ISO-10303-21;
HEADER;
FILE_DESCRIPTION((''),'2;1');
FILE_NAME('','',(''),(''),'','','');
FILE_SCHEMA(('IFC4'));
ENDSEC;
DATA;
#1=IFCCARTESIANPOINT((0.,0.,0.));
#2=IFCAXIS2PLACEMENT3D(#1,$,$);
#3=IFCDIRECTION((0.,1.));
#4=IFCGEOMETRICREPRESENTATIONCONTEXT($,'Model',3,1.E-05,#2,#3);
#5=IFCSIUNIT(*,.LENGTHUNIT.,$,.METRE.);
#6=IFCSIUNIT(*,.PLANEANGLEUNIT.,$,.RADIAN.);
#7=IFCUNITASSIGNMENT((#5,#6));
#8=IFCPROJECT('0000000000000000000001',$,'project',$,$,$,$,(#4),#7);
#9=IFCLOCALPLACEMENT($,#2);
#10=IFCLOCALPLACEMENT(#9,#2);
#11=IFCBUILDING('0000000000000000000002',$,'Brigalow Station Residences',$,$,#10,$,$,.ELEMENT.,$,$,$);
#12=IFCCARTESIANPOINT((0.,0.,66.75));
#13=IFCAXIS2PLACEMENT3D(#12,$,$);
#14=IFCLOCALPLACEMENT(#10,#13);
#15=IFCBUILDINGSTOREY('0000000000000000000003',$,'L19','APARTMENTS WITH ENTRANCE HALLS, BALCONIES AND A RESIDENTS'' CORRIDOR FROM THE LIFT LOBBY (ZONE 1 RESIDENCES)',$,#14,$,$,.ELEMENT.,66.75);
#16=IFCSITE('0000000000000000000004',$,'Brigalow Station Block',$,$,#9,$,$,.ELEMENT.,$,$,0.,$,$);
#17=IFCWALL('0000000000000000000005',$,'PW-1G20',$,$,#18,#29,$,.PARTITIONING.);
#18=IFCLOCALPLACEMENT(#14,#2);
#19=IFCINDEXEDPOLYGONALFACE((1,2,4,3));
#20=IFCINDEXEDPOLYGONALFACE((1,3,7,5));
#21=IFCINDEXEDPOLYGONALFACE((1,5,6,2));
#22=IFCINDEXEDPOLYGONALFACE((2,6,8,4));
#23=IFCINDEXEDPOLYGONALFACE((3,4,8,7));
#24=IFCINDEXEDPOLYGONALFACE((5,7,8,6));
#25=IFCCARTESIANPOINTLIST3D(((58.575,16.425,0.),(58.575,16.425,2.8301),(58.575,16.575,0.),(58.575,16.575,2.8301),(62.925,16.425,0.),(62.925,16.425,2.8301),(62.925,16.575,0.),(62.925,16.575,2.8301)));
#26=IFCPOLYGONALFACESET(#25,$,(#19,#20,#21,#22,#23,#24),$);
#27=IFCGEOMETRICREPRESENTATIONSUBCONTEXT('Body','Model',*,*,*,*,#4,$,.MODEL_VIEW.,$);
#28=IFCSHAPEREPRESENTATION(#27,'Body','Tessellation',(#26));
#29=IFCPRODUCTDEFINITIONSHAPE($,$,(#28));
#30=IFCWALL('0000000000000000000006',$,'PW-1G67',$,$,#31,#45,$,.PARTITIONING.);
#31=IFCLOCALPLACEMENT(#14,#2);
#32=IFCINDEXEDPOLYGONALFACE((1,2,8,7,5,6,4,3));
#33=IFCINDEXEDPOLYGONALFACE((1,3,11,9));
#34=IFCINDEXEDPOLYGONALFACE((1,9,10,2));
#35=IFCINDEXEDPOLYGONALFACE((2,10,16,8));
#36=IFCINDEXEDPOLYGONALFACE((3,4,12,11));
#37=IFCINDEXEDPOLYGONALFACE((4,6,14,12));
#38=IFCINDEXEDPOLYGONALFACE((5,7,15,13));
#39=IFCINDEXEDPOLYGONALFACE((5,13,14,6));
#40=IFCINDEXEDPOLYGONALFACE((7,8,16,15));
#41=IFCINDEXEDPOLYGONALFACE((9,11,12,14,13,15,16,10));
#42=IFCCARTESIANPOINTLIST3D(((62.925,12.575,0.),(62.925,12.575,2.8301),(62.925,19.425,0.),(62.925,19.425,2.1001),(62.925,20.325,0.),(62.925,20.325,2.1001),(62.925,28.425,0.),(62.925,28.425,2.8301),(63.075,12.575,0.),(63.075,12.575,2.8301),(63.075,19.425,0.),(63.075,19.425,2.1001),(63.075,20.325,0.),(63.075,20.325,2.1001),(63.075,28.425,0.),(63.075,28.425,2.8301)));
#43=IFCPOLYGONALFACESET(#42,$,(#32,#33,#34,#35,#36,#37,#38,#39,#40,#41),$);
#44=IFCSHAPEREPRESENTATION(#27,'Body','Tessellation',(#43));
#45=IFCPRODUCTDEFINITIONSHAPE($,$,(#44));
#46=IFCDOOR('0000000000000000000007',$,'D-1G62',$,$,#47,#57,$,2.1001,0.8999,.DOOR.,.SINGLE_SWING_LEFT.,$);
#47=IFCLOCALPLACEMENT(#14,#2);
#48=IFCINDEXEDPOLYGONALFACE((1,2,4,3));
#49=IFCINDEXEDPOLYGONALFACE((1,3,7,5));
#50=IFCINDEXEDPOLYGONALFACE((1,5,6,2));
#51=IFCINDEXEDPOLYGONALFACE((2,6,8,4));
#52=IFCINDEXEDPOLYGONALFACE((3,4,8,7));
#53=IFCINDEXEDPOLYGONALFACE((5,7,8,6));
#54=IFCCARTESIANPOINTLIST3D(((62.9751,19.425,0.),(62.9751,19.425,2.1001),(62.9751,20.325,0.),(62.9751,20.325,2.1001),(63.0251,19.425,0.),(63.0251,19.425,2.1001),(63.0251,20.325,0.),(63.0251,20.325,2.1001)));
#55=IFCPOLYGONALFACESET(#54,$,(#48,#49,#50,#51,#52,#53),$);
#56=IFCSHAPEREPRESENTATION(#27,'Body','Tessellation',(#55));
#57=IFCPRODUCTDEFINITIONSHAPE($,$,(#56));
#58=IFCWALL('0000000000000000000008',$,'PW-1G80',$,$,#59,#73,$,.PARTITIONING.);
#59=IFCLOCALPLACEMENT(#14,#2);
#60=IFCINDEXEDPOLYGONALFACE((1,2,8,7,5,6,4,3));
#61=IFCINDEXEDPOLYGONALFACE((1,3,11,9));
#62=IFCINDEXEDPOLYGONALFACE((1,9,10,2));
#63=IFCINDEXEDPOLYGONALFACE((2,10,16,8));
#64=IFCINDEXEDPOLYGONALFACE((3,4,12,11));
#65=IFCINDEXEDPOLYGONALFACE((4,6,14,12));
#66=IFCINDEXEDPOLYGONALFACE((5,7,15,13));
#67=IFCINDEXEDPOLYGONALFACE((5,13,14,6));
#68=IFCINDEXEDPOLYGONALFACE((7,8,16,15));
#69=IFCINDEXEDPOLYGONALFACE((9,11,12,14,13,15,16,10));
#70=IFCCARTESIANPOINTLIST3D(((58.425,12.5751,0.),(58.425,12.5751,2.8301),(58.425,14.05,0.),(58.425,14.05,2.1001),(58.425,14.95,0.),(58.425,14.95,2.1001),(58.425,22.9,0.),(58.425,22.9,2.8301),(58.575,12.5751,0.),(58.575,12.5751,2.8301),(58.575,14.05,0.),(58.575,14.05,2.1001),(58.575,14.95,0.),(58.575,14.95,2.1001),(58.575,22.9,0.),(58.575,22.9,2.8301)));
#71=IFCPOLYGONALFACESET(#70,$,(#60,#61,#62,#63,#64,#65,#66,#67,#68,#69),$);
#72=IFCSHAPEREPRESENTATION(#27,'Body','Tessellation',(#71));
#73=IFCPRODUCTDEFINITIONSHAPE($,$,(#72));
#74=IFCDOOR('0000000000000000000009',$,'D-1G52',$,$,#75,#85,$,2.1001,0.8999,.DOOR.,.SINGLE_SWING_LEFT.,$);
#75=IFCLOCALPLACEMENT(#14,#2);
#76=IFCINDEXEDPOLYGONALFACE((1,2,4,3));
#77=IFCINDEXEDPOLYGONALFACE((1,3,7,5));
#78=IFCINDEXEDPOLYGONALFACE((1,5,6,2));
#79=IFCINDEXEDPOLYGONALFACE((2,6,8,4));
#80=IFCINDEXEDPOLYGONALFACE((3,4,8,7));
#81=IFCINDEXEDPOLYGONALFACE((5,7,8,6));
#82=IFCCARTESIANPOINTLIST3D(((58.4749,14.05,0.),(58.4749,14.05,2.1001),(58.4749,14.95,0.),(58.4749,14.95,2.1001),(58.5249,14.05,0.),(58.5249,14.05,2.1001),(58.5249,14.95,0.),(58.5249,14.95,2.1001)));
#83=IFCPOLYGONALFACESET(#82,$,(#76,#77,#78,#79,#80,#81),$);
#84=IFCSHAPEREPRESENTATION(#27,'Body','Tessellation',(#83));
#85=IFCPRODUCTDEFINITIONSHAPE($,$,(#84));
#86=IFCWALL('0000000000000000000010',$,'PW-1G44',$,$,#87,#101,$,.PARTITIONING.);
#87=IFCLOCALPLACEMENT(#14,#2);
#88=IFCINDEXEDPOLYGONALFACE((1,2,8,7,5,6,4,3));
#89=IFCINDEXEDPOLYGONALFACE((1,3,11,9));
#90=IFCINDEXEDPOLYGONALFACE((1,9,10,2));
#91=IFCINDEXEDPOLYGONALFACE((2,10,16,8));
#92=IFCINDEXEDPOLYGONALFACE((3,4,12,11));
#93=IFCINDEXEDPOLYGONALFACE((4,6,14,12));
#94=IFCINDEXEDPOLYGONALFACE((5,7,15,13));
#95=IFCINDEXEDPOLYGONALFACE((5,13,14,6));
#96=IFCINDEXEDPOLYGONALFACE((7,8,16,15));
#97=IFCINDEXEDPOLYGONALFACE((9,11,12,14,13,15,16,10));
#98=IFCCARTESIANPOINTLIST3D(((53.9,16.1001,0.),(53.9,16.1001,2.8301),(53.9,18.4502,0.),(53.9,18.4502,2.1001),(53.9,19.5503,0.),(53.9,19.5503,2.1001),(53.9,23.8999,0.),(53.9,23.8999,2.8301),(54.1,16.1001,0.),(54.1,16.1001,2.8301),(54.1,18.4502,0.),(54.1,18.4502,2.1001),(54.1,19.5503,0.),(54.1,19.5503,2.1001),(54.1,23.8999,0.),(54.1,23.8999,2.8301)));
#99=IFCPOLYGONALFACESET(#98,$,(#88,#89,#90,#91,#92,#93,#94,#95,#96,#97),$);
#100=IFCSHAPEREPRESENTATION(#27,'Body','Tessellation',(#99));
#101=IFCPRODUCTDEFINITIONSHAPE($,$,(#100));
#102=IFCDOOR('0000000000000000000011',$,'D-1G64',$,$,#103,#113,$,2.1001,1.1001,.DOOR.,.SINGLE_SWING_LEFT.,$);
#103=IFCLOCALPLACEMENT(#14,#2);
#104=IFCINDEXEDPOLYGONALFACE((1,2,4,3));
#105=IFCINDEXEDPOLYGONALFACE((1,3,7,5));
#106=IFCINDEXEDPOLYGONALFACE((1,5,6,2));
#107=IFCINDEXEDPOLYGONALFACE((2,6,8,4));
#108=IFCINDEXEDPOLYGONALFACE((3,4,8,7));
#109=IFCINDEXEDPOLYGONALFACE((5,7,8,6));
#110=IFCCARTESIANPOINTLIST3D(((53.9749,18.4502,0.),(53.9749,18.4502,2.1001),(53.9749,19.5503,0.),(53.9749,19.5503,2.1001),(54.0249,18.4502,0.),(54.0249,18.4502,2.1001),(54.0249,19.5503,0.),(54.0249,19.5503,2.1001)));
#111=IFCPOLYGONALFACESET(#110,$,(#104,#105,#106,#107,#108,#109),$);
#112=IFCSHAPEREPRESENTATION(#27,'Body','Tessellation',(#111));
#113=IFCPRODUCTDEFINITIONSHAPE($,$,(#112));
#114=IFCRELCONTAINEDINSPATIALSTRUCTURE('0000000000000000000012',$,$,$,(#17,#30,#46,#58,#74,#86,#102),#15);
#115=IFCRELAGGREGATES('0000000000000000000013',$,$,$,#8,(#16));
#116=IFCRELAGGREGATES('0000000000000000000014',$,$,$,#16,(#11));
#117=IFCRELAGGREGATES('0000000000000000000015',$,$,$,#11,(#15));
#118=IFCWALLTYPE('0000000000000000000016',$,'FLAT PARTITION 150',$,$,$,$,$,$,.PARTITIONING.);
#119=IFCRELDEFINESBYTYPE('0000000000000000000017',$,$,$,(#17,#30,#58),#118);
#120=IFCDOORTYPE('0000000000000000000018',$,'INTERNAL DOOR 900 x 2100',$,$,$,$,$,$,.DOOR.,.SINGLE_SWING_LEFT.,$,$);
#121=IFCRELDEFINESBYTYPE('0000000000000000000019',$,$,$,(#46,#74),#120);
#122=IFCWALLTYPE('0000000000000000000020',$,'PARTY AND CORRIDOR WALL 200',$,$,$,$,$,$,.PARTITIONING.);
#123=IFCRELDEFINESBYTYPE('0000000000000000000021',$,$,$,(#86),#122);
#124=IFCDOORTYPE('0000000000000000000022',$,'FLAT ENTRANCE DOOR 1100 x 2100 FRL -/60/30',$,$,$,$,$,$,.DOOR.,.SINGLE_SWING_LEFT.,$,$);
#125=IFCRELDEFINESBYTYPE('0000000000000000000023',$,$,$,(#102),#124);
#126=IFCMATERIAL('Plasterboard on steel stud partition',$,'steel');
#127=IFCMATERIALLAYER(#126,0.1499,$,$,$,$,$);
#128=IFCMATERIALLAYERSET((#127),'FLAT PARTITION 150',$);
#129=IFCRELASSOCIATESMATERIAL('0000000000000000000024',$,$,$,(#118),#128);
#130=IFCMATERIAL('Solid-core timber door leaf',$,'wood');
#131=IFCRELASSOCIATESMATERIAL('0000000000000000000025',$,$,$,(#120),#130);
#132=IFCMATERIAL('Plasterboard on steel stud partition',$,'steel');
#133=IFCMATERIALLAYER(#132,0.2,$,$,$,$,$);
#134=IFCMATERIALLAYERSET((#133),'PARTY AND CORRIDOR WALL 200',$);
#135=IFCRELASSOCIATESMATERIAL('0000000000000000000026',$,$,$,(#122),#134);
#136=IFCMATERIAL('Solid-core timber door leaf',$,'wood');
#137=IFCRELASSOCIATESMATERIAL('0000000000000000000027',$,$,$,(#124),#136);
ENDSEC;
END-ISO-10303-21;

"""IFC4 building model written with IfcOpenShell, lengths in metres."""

from ifc_helpers import new_model, si_unit, direction, frame, frame_2d, origin, place, context, subcontext, project, spatial, rectangle, extrude, material, layer, layer_set, type_object, element, fill, save


model = new_model("IFC4")

# Units and contexts
model_context = context("Model", 3, precision=1e-05, world=origin(), true_north=direction((0.0, 1.0)))
body_context = subcontext(model_context, "Body", "Model", "MODEL_VIEW")
ifc_project = project(units=[si_unit("LENGTHUNIT", "METRE"), si_unit("PLANEANGLEUNIT", "RADIAN")], contexts=[model_context])

# Site, building, storey
site_placement = place(None, origin())
site = spatial("IfcSite", under=ifc_project, at=site_placement, Name="Brigalow Station Block", CompositionType="ELEMENT", RefElevation=0.0)
building_placement = place(site_placement, origin())
building = spatial("IfcBuilding", under=site, at=building_placement, Name="Brigalow Station Residences", CompositionType="ELEMENT")
storey_placement = place(building_placement, frame((0.0, 0.0, 66.75)))
storey = spatial("IfcBuildingStorey", under=building, at=storey_placement, Name="L19", Description="APARTMENTS WITH ENTRANCE HALLS, BALCONIES AND A RESIDENTS' CORRIDOR FROM THE LIFT LOBBY (ZONE 1 RESIDENCES)", CompositionType="ELEMENT", Elevation=66.75)

# Shared definitions
ifc_material_1 = material(Name="Plasterboard on steel stud partition", Category="steel")
ifc_layer_1 = layer(ifc_material_1, 0.1499)
ifc_layer_set_1 = layer_set([ifc_layer_1], Name="FLAT PARTITION 150")
wall_type_1 = type_object("IfcWallType", Name="FLAT PARTITION 150", PredefinedType="PARTITIONING", material=ifc_layer_set_1)
ifc_material_2 = material(Name="Solid-core timber door leaf", Category="wood")
door_type_1 = type_object("IfcDoorType", Name="INTERNAL DOOR 900 x 2100", OperationType="SINGLE_SWING_LEFT", PredefinedType="DOOR", material=ifc_material_2)

# Wall
wall_1_placement = place(storey_placement, frame((58.575, 16.5, 0.0), z_axis=(0.0, 0.0, 1.0), x_axis=(1.0, 0.0, 0.0)))
element("IfcWall", 1, at=wall_1_placement, inside=storey, type_object=wall_type_1, Name="PW-1G20", PredefinedType="PARTITIONING", context=body_context, shape_type="SweptSolid", body=[
    extrude(rectangle(XDim=4.3501, YDim=0.1499, at=frame_2d((2.175, 0.0))), origin(), (0.0, 0.0, 1.0), 2.8301),
])

# Walls, openings, doors
wall_2_placement = place(storey_placement, frame((63.0, 12.575, 0.0), z_axis=(0.0, 0.0, 1.0), x_axis=(0.0, 1.0, 0.0)))
wall_2 = element("IfcWall", 2, at=wall_2_placement, inside=storey, type_object=wall_type_1, Name="PW-1G67", PredefinedType="PARTITIONING", context=body_context, shape_type="SweptSolid", body=[
    extrude(rectangle(XDim=15.8501, YDim=0.1499, at=frame_2d((7.925, 0.0))), origin(), (0.0, 0.0, 1.0), 2.8301),
])
opening_1_placement = place(wall_2_placement, frame((6.8501, 0.0, 0.0)))
opening_1 = element("IfcOpeningElement", 3, at=opening_1_placement, cuts=wall_2, PredefinedType="OPENING", context=body_context, shape_type="SweptSolid", body=[
    extrude(rectangle(XDim=0.8999, YDim=2.1001, at=frame_2d((0.45, 1.05))), frame((0.0, 0.085, 0.0), z_axis=(0.0, -1.0, 0.0), x_axis=(1.0, 0.0, 0.0)), (0.0, 0.0, 1.0), 0.1699),
])
door_1_placement = place(opening_1_placement, origin())
door_1 = element("IfcDoor", 4, at=door_1_placement, inside=storey, type_object=door_type_1, Name="D-1G62", OperationType="SINGLE_SWING_LEFT", OverallHeight=2.1001, OverallWidth=0.8999, PredefinedType="DOOR", context=body_context, shape_type="SweptSolid", body=[
    extrude(rectangle(XDim=0.8999, YDim=2.1001, at=frame_2d((0.45, 1.05))), frame((0.0, 0.0249, 0.0), z_axis=(0.0, -1.0, 0.0), x_axis=(1.0, 0.0, 0.0)), (0.0, 0.0, 1.0), 0.05),
])
fill(opening_1, door_1)
wall_3_placement = place(storey_placement, frame((58.5, 12.575, 0.0), z_axis=(0.0, 0.0, 1.0), x_axis=(0.0, 1.0, 0.0)))
wall_3 = element("IfcWall", 5, at=wall_3_placement, inside=storey, type_object=wall_type_1, Name="PW-1G80", PredefinedType="PARTITIONING", context=body_context, shape_type="SweptSolid", body=[
    extrude(rectangle(XDim=10.325, YDim=0.1499, at=frame_2d((5.1626, 0.0))), origin(), (0.0, 0.0, 1.0), 2.8301),
])
opening_2_placement = place(wall_3_placement, frame((1.4751, 0.0, 0.0)))
opening_2 = element("IfcOpeningElement", 6, at=opening_2_placement, cuts=wall_3, PredefinedType="OPENING", context=body_context, shape_type="SweptSolid", body=[
    extrude(rectangle(XDim=0.8999, YDim=2.1001, at=frame_2d((0.45, 1.05))), frame((0.0, 0.085, 0.0), z_axis=(0.0, -1.0, 0.0), x_axis=(1.0, 0.0, 0.0)), (0.0, 0.0, 1.0), 0.1699),
])
door_2_placement = place(opening_2_placement, frame((0.8999, 0.0, 0.0), z_axis=(0.0, 0.0, 1.0), x_axis=(-1.0, 0.0, 0.0)))
door_2 = element("IfcDoor", 7, at=door_2_placement, inside=storey, type_object=door_type_1, Name="D-1G52", OperationType="SINGLE_SWING_LEFT", OverallHeight=2.1001, OverallWidth=0.8999, PredefinedType="DOOR", context=body_context, shape_type="SweptSolid", body=[
    extrude(rectangle(XDim=0.8999, YDim=2.1001, at=frame_2d((0.45, 1.05))), frame((0.0, 0.0249, 0.0), z_axis=(0.0, -1.0, 0.0), x_axis=(1.0, 0.0, 0.0)), (0.0, 0.0, 1.0), 0.05),
])
fill(opening_2, door_2)
ifc_material_3 = material(Name="Plasterboard on steel stud partition", Category="steel")
ifc_layer_2 = layer(ifc_material_3, 0.2)
ifc_layer_set_2 = layer_set([ifc_layer_2], Name="PARTY AND CORRIDOR WALL 200")
wall_type_2 = type_object("IfcWallType", Name="PARTY AND CORRIDOR WALL 200", PredefinedType="PARTITIONING", material=ifc_layer_set_2)
wall_4_placement = place(storey_placement, frame((54.0, 16.1001, 0.0), z_axis=(0.0, 0.0, 1.0), x_axis=(0.0, 1.0, 0.0)))
wall_4 = element("IfcWall", 8, at=wall_4_placement, inside=storey, type_object=wall_type_2, Name="PW-1G44", PredefinedType="PARTITIONING", context=body_context, shape_type="SweptSolid", body=[
    extrude(rectangle(XDim=7.7998, YDim=0.2, at=frame_2d((3.8999, 0.0))), origin(), (0.0, 0.0, 1.0), 2.8301),
])
opening_3_placement = place(wall_4_placement, frame((2.3501, 0.0, 0.0)))
opening_3 = element("IfcOpeningElement", 9, at=opening_3_placement, cuts=wall_4, PredefinedType="OPENING", context=body_context, shape_type="SweptSolid", body=[
    extrude(rectangle(XDim=1.1001, YDim=2.1001, at=frame_2d((0.55, 1.05))), frame((0.0, 0.1099, 0.0), z_axis=(0.0, -1.0, 0.0), x_axis=(1.0, 0.0, 0.0)), (0.0, 0.0, 1.0), 0.22),
])
ifc_material_4 = material(Name="Solid-core timber door leaf", Category="wood")
door_type_2 = type_object("IfcDoorType", Name="FLAT ENTRANCE DOOR 1100 x 2100 FRL -/60/30", OperationType="SINGLE_SWING_LEFT", PredefinedType="DOOR", material=ifc_material_4)
door_3_placement = place(opening_3_placement, frame((1.1001, 0.0, 0.0), z_axis=(0.0, 0.0, 1.0), x_axis=(-1.0, 0.0, 0.0)))
door_3 = element("IfcDoor", 10, at=door_3_placement, inside=storey, type_object=door_type_2, Name="D-1G64", OperationType="SINGLE_SWING_LEFT", OverallHeight=2.1001, OverallWidth=1.1001, PredefinedType="DOOR", context=body_context, shape_type="SweptSolid", body=[
    extrude(rectangle(XDim=1.1001, YDim=2.1001, at=frame_2d((0.55, 1.05))), frame((0.0, 0.0249, 0.0), z_axis=(0.0, -1.0, 0.0), x_axis=(1.0, 0.0, 0.0)), (0.0, 0.0, 1.0), 0.05),
])
fill(opening_3, door_3)

save(model, "model.ifc")
